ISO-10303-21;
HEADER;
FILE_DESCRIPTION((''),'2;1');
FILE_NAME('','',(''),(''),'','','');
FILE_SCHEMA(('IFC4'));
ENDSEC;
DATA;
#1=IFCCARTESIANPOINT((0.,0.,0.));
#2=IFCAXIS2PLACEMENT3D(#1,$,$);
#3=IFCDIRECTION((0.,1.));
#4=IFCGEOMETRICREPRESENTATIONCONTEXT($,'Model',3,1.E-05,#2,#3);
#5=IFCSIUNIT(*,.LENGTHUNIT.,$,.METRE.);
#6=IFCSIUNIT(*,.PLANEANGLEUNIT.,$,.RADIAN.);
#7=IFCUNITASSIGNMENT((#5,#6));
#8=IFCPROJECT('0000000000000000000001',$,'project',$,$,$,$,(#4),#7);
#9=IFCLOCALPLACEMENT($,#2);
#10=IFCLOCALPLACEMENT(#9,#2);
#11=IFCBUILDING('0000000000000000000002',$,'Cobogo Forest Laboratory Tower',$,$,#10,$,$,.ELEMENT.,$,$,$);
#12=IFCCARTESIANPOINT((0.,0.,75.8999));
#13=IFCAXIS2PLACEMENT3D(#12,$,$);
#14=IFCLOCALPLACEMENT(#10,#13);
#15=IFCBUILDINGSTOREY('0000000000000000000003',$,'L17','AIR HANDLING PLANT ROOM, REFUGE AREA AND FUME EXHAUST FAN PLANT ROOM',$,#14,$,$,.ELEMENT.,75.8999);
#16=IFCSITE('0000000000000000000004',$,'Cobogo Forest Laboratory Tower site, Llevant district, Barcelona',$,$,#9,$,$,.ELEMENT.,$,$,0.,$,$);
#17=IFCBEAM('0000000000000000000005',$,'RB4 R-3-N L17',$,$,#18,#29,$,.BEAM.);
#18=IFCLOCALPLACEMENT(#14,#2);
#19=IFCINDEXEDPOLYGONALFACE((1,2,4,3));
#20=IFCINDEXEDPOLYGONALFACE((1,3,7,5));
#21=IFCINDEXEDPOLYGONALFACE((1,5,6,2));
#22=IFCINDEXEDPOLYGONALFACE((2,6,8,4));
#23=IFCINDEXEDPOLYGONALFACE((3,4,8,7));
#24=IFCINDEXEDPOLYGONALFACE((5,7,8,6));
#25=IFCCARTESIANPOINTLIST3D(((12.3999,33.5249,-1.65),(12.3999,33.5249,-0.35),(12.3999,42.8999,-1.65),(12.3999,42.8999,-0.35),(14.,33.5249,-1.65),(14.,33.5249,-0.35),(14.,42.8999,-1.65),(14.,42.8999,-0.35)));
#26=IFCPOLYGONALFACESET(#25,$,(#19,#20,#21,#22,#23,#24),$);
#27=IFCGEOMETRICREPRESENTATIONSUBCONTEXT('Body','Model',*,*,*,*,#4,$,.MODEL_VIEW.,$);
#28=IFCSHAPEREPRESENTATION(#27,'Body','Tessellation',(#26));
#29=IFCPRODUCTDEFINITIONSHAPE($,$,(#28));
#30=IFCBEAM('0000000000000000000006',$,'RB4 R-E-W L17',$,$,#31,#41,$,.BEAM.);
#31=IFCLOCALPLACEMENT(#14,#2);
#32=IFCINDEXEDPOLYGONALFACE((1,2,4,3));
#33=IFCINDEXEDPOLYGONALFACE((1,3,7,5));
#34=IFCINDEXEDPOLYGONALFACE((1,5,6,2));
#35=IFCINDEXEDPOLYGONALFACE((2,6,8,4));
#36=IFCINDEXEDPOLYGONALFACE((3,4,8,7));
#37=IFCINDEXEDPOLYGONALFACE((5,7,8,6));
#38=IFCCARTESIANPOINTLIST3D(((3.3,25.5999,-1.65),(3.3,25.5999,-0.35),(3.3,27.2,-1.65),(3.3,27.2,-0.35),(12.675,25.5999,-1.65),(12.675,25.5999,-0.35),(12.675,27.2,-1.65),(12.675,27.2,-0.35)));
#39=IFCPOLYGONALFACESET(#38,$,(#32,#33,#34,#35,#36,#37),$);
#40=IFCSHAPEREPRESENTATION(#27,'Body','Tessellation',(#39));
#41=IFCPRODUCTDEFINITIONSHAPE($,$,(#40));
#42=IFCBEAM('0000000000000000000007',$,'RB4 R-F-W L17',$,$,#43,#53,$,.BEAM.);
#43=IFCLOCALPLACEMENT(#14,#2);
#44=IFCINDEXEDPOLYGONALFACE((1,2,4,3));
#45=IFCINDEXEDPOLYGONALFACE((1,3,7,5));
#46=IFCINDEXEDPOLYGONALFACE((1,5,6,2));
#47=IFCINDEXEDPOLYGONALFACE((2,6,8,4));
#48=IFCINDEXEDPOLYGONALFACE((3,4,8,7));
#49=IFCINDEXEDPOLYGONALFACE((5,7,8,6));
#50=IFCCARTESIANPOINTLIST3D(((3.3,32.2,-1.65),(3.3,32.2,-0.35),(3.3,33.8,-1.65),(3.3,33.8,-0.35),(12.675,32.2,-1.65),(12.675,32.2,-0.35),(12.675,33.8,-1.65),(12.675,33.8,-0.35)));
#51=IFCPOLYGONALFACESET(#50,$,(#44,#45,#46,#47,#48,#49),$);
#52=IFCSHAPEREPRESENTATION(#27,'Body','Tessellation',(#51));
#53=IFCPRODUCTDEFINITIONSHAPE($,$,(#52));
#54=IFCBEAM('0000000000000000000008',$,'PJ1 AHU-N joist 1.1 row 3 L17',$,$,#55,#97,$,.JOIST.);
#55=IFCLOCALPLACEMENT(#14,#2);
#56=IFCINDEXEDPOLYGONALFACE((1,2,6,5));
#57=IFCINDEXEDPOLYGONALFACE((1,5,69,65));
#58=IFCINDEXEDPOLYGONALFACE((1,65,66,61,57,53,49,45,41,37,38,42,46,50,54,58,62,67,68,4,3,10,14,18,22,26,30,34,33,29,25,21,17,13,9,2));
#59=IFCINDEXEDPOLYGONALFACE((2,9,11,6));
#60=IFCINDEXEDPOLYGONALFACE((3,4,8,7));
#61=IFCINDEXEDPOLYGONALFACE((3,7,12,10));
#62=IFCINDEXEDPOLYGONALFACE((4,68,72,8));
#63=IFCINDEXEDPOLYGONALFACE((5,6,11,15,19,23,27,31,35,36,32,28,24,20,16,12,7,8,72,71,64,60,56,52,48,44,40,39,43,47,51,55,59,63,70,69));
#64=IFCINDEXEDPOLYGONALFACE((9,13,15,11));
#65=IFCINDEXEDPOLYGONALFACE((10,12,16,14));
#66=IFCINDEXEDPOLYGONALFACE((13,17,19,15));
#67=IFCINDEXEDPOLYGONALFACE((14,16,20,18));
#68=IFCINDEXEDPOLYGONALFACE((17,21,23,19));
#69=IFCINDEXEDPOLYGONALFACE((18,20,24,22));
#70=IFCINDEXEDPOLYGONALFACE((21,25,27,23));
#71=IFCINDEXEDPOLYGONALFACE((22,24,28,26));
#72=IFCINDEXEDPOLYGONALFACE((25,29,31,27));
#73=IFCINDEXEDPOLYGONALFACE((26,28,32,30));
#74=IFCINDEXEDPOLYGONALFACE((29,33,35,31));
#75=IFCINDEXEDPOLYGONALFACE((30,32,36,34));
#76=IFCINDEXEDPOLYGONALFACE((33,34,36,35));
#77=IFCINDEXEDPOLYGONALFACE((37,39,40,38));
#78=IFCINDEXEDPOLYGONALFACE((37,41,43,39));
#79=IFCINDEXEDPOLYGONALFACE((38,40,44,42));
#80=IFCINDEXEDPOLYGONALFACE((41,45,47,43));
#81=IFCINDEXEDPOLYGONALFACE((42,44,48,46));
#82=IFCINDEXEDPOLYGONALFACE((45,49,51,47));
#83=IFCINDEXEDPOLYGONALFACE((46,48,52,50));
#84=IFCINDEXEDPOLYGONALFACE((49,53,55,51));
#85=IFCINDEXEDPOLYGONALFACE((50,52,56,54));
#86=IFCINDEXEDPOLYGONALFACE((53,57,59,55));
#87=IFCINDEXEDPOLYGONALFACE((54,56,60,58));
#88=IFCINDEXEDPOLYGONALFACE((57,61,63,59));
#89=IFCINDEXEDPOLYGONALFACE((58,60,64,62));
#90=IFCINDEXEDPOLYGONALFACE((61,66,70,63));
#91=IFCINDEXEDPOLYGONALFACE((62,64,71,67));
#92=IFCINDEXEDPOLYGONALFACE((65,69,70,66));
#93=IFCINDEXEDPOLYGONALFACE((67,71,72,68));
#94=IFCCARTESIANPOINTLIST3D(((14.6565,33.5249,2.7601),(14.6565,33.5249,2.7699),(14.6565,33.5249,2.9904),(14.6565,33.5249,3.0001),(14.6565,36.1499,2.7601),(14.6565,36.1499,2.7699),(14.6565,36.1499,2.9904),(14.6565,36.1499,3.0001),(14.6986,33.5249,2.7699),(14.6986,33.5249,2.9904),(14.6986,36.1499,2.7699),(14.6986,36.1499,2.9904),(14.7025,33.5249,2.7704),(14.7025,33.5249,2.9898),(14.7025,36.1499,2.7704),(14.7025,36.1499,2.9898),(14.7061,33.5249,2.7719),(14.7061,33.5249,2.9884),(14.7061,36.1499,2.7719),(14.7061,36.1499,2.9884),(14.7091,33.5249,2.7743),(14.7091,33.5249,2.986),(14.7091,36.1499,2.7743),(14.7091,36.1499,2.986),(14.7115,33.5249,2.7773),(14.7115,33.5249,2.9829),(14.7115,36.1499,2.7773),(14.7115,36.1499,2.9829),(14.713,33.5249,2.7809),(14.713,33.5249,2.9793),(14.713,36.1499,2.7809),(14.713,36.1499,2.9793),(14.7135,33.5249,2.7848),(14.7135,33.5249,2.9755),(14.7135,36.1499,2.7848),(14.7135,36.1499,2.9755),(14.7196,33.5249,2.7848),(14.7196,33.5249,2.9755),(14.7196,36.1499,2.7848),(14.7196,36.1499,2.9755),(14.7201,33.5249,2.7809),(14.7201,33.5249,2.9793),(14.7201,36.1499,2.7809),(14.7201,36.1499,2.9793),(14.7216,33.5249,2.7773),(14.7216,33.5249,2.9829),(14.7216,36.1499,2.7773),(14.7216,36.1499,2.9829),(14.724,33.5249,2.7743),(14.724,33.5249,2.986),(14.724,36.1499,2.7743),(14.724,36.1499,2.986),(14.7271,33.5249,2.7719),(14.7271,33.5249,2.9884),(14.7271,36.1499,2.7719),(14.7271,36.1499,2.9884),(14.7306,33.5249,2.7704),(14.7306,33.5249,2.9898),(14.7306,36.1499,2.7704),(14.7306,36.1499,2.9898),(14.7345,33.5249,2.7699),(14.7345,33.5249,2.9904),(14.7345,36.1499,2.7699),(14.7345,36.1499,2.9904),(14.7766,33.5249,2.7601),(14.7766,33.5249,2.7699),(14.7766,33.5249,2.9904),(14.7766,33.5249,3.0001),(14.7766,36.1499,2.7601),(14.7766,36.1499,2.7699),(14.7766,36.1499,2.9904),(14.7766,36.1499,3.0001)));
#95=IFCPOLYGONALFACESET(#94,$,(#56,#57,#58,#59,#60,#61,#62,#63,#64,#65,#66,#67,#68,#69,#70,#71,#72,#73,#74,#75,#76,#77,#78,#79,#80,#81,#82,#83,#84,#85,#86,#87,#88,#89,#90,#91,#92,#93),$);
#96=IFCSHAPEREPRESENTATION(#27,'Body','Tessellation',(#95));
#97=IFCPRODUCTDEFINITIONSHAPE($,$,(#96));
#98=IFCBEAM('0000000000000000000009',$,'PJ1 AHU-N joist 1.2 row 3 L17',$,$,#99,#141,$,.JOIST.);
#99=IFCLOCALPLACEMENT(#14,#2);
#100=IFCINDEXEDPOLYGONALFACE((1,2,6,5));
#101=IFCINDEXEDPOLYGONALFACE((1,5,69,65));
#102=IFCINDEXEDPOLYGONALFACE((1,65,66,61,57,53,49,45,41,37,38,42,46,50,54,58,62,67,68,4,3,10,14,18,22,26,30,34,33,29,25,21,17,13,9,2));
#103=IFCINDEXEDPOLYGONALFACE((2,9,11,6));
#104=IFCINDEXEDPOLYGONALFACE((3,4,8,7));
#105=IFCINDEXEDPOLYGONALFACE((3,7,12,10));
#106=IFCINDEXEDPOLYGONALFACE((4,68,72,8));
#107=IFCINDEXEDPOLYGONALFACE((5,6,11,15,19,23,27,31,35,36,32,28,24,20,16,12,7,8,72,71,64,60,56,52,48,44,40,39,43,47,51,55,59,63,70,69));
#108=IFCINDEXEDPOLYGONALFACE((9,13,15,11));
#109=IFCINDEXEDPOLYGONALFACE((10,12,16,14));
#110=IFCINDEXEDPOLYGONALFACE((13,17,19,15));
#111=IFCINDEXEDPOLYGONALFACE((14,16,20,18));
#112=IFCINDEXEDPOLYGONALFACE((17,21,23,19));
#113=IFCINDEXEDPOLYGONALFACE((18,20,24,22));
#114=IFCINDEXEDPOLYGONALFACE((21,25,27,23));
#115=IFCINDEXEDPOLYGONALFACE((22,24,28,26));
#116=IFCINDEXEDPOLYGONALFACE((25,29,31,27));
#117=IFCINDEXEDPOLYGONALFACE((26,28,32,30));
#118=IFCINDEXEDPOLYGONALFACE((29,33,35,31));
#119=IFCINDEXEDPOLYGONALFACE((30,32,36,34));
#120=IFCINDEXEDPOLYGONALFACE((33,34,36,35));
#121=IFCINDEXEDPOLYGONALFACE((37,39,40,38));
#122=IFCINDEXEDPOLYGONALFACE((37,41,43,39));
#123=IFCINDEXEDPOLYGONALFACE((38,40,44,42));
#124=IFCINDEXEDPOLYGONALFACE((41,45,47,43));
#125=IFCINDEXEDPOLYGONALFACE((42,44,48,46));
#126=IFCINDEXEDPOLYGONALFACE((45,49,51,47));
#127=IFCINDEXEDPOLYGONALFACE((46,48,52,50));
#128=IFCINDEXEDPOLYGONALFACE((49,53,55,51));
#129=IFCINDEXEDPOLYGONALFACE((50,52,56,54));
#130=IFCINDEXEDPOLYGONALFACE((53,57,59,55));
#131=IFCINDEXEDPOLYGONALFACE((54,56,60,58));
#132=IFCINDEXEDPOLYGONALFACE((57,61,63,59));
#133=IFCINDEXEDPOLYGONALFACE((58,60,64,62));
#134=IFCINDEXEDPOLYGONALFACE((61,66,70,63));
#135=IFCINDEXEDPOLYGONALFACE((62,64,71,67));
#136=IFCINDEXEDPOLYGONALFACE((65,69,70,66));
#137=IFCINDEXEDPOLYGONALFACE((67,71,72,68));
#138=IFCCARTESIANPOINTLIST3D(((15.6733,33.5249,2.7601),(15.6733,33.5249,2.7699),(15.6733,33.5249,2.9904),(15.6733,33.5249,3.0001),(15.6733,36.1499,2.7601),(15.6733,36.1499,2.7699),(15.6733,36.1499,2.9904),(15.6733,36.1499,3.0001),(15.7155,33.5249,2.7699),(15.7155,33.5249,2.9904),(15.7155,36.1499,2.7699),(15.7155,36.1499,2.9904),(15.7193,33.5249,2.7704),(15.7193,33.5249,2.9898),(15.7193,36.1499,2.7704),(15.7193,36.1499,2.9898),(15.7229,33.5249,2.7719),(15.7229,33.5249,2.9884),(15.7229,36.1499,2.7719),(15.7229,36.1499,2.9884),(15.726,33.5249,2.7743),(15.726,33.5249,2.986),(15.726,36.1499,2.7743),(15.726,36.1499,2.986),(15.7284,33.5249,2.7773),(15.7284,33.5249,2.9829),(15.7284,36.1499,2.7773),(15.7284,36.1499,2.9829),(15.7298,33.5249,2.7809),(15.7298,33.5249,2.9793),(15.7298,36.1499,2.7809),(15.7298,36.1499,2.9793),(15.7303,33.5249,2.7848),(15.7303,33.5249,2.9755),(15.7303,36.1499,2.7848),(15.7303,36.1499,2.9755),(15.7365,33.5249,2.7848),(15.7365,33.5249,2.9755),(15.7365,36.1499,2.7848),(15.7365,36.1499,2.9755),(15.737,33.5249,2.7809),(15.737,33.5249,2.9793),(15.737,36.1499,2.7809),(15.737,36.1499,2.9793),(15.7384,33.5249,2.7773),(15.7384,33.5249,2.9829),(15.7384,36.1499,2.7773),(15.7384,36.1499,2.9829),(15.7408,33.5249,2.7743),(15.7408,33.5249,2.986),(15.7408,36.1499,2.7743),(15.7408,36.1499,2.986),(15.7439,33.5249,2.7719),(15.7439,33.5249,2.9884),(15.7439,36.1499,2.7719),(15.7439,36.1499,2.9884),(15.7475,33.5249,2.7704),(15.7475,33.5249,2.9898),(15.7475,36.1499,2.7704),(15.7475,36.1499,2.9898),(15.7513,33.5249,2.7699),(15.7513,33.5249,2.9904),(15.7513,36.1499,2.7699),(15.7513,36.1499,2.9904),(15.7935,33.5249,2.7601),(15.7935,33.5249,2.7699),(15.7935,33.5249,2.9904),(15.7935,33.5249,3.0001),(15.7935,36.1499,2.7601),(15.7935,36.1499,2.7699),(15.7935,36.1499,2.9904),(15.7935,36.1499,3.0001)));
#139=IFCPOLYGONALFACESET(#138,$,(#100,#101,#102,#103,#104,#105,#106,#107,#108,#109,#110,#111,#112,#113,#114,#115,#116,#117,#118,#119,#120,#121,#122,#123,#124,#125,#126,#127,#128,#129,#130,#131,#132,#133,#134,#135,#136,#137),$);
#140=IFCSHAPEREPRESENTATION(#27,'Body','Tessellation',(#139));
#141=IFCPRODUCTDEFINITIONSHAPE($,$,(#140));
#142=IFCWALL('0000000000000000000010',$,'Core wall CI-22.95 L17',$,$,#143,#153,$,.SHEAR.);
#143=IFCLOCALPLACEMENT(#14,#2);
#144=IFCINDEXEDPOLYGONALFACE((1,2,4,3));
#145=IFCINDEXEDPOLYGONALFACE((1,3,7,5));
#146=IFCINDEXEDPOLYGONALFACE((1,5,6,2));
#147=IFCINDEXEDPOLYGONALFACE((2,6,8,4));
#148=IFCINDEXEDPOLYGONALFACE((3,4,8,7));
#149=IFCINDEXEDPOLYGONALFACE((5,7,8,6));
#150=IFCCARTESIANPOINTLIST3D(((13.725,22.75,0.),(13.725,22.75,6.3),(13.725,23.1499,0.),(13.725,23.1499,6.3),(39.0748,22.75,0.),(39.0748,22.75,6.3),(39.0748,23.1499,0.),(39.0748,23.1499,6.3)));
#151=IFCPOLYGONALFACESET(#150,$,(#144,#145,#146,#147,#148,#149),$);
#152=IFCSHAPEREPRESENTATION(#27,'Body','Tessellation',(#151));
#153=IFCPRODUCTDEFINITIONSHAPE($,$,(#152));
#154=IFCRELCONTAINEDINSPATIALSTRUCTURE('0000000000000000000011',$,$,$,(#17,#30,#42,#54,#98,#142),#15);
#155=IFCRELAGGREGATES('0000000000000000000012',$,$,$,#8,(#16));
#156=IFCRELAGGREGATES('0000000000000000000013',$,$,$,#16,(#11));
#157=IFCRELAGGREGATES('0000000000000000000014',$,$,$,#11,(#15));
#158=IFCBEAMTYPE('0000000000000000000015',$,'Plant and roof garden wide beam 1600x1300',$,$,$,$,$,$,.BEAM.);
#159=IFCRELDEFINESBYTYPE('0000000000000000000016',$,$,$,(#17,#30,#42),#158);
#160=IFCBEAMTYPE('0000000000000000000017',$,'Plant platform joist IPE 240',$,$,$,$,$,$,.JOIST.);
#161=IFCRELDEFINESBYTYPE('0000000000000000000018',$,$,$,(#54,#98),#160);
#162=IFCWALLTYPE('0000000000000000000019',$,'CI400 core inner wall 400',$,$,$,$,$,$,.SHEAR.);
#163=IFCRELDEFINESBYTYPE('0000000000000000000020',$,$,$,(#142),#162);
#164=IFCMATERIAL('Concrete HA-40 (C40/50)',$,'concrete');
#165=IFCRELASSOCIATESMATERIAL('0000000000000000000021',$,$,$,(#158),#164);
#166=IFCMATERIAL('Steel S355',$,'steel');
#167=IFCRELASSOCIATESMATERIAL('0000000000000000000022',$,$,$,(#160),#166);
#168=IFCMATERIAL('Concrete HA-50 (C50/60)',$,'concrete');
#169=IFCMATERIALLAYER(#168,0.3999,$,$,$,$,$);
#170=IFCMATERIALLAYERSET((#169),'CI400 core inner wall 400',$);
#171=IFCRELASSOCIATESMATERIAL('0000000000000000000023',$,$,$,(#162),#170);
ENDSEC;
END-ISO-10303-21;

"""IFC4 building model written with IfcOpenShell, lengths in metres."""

from ifc_helpers import new_model, si_unit, direction, frame, frame_2d, origin, origin_2d, place, context, subcontext, project, spatial, rectangle, i_section, extrude, material, layer, layer_set, material_profile, profile_set, type_object, element, save


model = new_model("IFC4")

# Units and contexts
model_context = context("Model", 3, precision=1e-05, world=origin(), true_north=direction((0.0, 1.0)))
body_context = subcontext(model_context, "Body", "Model", "MODEL_VIEW")
ifc_project = project(units=[si_unit("LENGTHUNIT", "METRE"), si_unit("PLANEANGLEUNIT", "RADIAN")], contexts=[model_context])

# Site, building, storey
site_placement = place(None, origin())
site = spatial("IfcSite", under=ifc_project, at=site_placement, Name="Cobogo Forest Laboratory Tower site, Llevant district, Barcelona", CompositionType="ELEMENT", RefElevation=0.0)
building_placement = place(site_placement, origin())
building = spatial("IfcBuilding", under=site, at=building_placement, Name="Cobogo Forest Laboratory Tower", CompositionType="ELEMENT")
storey_placement = place(building_placement, frame((0.0, 0.0, 75.8999)))
storey = spatial("IfcBuildingStorey", under=building, at=storey_placement, Name="L17", Description="AIR HANDLING PLANT ROOM, REFUGE AREA AND FUME EXHAUST FAN PLANT ROOM", CompositionType="ELEMENT", Elevation=75.8999)

# Beams
ifc_material_1 = material(Name="Concrete HA-40 (C40/50)", Category="concrete")
ifc_material_profile_1 = material_profile(ifc_material_1, rectangle(XDim=1.6001, YDim=1.3, at=origin_2d()), Name="RC 1600x1300")
ifc_profile_set_1 = profile_set([ifc_material_profile_1], Name="Concrete HA-40 (C40/50)")
beam_type_1 = type_object("IfcBeamType", Name="Plant and roof garden wide beam 1600x1300", PredefinedType="BEAM", material=ifc_profile_set_1)
for number, where, z_axis, x_axis, name in (
    (1, (13.2, 33.5249, -1.0), (0.0, 1.0, 0.0), (-1.0, 0.0, 0.0), "RB4 R-3-N L17"),
    (2, (12.675, 26.3999, -1.0), (-1.0, 0.0, 0.0), (0.0, -1.0, 0.0), "RB4 R-E-W L17"),
    (3, (12.675, 33.0, -1.0), (-1.0, 0.0, 0.0), (0.0, -1.0, 0.0), "RB4 R-F-W L17"),
):
    element("IfcBeam", number, at=place(storey_placement, frame(where, z_axis=z_axis, x_axis=x_axis)), inside=storey, type_object=beam_type_1, Name=name, PredefinedType="BEAM", context=body_context, shape_type="SweptSolid", body=[
        extrude(rectangle(XDim=1.6001, YDim=1.3, at=origin_2d()), origin(), (0.0, 0.0, 1.0), 9.375),
    ])
ifc_material_2 = material(Name="Steel S355", Category="steel")
ifc_material_profile_2 = material_profile(ifc_material_2, i_section(OverallWidth=0.1201, OverallDepth=0.24, WebThickness=0.0061, FlangeThickness=0.0098, FilletRadius=0.0149, at=origin_2d()), Name="IPE 240")
ifc_profile_set_2 = profile_set([ifc_material_profile_2], Name="Steel S355")
beam_type_2 = type_object("IfcBeamType", Name="Plant platform joist IPE 240", PredefinedType="JOIST", material=ifc_profile_set_2)
for number, where, z_axis, x_axis, name in (
    (4, (14.7166, 36.1499, 2.8801), (0.0, -1.0, 0.0), (1.0, 0.0, 0.0), "PJ1 AHU-N joist 1.1 row 3 L17"),
    (5, (15.7334, 36.1499, 2.8801), (0.0, -1.0, 0.0), (1.0, 0.0, 0.0), "PJ1 AHU-N joist 1.2 row 3 L17"),
):
    element("IfcBeam", number, at=place(storey_placement, frame(where, z_axis=z_axis, x_axis=x_axis)), inside=storey, type_object=beam_type_2, Name=name, PredefinedType="JOIST", context=body_context, shape_type="SweptSolid", body=[
        extrude(i_section(OverallWidth=0.1201, OverallDepth=0.24, WebThickness=0.0061, FlangeThickness=0.0098, FilletRadius=0.0149, at=origin_2d()), origin(), (0.0, 0.0, 1.0), 2.625),
    ])

# Wall
ifc_material_3 = material(Name="Concrete HA-50 (C50/60)", Category="concrete")
ifc_layer_1 = layer(ifc_material_3, 0.3999)
ifc_layer_set_1 = layer_set([ifc_layer_1], Name="CI400 core inner wall 400")
wall_type_1 = type_object("IfcWallType", Name="CI400 core inner wall 400", PredefinedType="SHEAR", material=ifc_layer_set_1)
wall_1_placement = place(storey_placement, frame((13.7251, 22.95, 0.0), z_axis=(0.0, 0.0, 1.0), x_axis=(1.0, 0.0, 0.0)))
element("IfcWall", 6, at=wall_1_placement, inside=storey, type_object=wall_type_1, Name="Core wall CI-22.95 L17", PredefinedType="SHEAR", context=body_context, shape_type="SweptSolid", body=[
    extrude(rectangle(XDim=25.3499, YDim=0.3999, at=frame_2d((12.6748, 0.0))), origin(), (0.0, 0.0, 1.0), 6.3),
])

save(model, "model.ifc")
